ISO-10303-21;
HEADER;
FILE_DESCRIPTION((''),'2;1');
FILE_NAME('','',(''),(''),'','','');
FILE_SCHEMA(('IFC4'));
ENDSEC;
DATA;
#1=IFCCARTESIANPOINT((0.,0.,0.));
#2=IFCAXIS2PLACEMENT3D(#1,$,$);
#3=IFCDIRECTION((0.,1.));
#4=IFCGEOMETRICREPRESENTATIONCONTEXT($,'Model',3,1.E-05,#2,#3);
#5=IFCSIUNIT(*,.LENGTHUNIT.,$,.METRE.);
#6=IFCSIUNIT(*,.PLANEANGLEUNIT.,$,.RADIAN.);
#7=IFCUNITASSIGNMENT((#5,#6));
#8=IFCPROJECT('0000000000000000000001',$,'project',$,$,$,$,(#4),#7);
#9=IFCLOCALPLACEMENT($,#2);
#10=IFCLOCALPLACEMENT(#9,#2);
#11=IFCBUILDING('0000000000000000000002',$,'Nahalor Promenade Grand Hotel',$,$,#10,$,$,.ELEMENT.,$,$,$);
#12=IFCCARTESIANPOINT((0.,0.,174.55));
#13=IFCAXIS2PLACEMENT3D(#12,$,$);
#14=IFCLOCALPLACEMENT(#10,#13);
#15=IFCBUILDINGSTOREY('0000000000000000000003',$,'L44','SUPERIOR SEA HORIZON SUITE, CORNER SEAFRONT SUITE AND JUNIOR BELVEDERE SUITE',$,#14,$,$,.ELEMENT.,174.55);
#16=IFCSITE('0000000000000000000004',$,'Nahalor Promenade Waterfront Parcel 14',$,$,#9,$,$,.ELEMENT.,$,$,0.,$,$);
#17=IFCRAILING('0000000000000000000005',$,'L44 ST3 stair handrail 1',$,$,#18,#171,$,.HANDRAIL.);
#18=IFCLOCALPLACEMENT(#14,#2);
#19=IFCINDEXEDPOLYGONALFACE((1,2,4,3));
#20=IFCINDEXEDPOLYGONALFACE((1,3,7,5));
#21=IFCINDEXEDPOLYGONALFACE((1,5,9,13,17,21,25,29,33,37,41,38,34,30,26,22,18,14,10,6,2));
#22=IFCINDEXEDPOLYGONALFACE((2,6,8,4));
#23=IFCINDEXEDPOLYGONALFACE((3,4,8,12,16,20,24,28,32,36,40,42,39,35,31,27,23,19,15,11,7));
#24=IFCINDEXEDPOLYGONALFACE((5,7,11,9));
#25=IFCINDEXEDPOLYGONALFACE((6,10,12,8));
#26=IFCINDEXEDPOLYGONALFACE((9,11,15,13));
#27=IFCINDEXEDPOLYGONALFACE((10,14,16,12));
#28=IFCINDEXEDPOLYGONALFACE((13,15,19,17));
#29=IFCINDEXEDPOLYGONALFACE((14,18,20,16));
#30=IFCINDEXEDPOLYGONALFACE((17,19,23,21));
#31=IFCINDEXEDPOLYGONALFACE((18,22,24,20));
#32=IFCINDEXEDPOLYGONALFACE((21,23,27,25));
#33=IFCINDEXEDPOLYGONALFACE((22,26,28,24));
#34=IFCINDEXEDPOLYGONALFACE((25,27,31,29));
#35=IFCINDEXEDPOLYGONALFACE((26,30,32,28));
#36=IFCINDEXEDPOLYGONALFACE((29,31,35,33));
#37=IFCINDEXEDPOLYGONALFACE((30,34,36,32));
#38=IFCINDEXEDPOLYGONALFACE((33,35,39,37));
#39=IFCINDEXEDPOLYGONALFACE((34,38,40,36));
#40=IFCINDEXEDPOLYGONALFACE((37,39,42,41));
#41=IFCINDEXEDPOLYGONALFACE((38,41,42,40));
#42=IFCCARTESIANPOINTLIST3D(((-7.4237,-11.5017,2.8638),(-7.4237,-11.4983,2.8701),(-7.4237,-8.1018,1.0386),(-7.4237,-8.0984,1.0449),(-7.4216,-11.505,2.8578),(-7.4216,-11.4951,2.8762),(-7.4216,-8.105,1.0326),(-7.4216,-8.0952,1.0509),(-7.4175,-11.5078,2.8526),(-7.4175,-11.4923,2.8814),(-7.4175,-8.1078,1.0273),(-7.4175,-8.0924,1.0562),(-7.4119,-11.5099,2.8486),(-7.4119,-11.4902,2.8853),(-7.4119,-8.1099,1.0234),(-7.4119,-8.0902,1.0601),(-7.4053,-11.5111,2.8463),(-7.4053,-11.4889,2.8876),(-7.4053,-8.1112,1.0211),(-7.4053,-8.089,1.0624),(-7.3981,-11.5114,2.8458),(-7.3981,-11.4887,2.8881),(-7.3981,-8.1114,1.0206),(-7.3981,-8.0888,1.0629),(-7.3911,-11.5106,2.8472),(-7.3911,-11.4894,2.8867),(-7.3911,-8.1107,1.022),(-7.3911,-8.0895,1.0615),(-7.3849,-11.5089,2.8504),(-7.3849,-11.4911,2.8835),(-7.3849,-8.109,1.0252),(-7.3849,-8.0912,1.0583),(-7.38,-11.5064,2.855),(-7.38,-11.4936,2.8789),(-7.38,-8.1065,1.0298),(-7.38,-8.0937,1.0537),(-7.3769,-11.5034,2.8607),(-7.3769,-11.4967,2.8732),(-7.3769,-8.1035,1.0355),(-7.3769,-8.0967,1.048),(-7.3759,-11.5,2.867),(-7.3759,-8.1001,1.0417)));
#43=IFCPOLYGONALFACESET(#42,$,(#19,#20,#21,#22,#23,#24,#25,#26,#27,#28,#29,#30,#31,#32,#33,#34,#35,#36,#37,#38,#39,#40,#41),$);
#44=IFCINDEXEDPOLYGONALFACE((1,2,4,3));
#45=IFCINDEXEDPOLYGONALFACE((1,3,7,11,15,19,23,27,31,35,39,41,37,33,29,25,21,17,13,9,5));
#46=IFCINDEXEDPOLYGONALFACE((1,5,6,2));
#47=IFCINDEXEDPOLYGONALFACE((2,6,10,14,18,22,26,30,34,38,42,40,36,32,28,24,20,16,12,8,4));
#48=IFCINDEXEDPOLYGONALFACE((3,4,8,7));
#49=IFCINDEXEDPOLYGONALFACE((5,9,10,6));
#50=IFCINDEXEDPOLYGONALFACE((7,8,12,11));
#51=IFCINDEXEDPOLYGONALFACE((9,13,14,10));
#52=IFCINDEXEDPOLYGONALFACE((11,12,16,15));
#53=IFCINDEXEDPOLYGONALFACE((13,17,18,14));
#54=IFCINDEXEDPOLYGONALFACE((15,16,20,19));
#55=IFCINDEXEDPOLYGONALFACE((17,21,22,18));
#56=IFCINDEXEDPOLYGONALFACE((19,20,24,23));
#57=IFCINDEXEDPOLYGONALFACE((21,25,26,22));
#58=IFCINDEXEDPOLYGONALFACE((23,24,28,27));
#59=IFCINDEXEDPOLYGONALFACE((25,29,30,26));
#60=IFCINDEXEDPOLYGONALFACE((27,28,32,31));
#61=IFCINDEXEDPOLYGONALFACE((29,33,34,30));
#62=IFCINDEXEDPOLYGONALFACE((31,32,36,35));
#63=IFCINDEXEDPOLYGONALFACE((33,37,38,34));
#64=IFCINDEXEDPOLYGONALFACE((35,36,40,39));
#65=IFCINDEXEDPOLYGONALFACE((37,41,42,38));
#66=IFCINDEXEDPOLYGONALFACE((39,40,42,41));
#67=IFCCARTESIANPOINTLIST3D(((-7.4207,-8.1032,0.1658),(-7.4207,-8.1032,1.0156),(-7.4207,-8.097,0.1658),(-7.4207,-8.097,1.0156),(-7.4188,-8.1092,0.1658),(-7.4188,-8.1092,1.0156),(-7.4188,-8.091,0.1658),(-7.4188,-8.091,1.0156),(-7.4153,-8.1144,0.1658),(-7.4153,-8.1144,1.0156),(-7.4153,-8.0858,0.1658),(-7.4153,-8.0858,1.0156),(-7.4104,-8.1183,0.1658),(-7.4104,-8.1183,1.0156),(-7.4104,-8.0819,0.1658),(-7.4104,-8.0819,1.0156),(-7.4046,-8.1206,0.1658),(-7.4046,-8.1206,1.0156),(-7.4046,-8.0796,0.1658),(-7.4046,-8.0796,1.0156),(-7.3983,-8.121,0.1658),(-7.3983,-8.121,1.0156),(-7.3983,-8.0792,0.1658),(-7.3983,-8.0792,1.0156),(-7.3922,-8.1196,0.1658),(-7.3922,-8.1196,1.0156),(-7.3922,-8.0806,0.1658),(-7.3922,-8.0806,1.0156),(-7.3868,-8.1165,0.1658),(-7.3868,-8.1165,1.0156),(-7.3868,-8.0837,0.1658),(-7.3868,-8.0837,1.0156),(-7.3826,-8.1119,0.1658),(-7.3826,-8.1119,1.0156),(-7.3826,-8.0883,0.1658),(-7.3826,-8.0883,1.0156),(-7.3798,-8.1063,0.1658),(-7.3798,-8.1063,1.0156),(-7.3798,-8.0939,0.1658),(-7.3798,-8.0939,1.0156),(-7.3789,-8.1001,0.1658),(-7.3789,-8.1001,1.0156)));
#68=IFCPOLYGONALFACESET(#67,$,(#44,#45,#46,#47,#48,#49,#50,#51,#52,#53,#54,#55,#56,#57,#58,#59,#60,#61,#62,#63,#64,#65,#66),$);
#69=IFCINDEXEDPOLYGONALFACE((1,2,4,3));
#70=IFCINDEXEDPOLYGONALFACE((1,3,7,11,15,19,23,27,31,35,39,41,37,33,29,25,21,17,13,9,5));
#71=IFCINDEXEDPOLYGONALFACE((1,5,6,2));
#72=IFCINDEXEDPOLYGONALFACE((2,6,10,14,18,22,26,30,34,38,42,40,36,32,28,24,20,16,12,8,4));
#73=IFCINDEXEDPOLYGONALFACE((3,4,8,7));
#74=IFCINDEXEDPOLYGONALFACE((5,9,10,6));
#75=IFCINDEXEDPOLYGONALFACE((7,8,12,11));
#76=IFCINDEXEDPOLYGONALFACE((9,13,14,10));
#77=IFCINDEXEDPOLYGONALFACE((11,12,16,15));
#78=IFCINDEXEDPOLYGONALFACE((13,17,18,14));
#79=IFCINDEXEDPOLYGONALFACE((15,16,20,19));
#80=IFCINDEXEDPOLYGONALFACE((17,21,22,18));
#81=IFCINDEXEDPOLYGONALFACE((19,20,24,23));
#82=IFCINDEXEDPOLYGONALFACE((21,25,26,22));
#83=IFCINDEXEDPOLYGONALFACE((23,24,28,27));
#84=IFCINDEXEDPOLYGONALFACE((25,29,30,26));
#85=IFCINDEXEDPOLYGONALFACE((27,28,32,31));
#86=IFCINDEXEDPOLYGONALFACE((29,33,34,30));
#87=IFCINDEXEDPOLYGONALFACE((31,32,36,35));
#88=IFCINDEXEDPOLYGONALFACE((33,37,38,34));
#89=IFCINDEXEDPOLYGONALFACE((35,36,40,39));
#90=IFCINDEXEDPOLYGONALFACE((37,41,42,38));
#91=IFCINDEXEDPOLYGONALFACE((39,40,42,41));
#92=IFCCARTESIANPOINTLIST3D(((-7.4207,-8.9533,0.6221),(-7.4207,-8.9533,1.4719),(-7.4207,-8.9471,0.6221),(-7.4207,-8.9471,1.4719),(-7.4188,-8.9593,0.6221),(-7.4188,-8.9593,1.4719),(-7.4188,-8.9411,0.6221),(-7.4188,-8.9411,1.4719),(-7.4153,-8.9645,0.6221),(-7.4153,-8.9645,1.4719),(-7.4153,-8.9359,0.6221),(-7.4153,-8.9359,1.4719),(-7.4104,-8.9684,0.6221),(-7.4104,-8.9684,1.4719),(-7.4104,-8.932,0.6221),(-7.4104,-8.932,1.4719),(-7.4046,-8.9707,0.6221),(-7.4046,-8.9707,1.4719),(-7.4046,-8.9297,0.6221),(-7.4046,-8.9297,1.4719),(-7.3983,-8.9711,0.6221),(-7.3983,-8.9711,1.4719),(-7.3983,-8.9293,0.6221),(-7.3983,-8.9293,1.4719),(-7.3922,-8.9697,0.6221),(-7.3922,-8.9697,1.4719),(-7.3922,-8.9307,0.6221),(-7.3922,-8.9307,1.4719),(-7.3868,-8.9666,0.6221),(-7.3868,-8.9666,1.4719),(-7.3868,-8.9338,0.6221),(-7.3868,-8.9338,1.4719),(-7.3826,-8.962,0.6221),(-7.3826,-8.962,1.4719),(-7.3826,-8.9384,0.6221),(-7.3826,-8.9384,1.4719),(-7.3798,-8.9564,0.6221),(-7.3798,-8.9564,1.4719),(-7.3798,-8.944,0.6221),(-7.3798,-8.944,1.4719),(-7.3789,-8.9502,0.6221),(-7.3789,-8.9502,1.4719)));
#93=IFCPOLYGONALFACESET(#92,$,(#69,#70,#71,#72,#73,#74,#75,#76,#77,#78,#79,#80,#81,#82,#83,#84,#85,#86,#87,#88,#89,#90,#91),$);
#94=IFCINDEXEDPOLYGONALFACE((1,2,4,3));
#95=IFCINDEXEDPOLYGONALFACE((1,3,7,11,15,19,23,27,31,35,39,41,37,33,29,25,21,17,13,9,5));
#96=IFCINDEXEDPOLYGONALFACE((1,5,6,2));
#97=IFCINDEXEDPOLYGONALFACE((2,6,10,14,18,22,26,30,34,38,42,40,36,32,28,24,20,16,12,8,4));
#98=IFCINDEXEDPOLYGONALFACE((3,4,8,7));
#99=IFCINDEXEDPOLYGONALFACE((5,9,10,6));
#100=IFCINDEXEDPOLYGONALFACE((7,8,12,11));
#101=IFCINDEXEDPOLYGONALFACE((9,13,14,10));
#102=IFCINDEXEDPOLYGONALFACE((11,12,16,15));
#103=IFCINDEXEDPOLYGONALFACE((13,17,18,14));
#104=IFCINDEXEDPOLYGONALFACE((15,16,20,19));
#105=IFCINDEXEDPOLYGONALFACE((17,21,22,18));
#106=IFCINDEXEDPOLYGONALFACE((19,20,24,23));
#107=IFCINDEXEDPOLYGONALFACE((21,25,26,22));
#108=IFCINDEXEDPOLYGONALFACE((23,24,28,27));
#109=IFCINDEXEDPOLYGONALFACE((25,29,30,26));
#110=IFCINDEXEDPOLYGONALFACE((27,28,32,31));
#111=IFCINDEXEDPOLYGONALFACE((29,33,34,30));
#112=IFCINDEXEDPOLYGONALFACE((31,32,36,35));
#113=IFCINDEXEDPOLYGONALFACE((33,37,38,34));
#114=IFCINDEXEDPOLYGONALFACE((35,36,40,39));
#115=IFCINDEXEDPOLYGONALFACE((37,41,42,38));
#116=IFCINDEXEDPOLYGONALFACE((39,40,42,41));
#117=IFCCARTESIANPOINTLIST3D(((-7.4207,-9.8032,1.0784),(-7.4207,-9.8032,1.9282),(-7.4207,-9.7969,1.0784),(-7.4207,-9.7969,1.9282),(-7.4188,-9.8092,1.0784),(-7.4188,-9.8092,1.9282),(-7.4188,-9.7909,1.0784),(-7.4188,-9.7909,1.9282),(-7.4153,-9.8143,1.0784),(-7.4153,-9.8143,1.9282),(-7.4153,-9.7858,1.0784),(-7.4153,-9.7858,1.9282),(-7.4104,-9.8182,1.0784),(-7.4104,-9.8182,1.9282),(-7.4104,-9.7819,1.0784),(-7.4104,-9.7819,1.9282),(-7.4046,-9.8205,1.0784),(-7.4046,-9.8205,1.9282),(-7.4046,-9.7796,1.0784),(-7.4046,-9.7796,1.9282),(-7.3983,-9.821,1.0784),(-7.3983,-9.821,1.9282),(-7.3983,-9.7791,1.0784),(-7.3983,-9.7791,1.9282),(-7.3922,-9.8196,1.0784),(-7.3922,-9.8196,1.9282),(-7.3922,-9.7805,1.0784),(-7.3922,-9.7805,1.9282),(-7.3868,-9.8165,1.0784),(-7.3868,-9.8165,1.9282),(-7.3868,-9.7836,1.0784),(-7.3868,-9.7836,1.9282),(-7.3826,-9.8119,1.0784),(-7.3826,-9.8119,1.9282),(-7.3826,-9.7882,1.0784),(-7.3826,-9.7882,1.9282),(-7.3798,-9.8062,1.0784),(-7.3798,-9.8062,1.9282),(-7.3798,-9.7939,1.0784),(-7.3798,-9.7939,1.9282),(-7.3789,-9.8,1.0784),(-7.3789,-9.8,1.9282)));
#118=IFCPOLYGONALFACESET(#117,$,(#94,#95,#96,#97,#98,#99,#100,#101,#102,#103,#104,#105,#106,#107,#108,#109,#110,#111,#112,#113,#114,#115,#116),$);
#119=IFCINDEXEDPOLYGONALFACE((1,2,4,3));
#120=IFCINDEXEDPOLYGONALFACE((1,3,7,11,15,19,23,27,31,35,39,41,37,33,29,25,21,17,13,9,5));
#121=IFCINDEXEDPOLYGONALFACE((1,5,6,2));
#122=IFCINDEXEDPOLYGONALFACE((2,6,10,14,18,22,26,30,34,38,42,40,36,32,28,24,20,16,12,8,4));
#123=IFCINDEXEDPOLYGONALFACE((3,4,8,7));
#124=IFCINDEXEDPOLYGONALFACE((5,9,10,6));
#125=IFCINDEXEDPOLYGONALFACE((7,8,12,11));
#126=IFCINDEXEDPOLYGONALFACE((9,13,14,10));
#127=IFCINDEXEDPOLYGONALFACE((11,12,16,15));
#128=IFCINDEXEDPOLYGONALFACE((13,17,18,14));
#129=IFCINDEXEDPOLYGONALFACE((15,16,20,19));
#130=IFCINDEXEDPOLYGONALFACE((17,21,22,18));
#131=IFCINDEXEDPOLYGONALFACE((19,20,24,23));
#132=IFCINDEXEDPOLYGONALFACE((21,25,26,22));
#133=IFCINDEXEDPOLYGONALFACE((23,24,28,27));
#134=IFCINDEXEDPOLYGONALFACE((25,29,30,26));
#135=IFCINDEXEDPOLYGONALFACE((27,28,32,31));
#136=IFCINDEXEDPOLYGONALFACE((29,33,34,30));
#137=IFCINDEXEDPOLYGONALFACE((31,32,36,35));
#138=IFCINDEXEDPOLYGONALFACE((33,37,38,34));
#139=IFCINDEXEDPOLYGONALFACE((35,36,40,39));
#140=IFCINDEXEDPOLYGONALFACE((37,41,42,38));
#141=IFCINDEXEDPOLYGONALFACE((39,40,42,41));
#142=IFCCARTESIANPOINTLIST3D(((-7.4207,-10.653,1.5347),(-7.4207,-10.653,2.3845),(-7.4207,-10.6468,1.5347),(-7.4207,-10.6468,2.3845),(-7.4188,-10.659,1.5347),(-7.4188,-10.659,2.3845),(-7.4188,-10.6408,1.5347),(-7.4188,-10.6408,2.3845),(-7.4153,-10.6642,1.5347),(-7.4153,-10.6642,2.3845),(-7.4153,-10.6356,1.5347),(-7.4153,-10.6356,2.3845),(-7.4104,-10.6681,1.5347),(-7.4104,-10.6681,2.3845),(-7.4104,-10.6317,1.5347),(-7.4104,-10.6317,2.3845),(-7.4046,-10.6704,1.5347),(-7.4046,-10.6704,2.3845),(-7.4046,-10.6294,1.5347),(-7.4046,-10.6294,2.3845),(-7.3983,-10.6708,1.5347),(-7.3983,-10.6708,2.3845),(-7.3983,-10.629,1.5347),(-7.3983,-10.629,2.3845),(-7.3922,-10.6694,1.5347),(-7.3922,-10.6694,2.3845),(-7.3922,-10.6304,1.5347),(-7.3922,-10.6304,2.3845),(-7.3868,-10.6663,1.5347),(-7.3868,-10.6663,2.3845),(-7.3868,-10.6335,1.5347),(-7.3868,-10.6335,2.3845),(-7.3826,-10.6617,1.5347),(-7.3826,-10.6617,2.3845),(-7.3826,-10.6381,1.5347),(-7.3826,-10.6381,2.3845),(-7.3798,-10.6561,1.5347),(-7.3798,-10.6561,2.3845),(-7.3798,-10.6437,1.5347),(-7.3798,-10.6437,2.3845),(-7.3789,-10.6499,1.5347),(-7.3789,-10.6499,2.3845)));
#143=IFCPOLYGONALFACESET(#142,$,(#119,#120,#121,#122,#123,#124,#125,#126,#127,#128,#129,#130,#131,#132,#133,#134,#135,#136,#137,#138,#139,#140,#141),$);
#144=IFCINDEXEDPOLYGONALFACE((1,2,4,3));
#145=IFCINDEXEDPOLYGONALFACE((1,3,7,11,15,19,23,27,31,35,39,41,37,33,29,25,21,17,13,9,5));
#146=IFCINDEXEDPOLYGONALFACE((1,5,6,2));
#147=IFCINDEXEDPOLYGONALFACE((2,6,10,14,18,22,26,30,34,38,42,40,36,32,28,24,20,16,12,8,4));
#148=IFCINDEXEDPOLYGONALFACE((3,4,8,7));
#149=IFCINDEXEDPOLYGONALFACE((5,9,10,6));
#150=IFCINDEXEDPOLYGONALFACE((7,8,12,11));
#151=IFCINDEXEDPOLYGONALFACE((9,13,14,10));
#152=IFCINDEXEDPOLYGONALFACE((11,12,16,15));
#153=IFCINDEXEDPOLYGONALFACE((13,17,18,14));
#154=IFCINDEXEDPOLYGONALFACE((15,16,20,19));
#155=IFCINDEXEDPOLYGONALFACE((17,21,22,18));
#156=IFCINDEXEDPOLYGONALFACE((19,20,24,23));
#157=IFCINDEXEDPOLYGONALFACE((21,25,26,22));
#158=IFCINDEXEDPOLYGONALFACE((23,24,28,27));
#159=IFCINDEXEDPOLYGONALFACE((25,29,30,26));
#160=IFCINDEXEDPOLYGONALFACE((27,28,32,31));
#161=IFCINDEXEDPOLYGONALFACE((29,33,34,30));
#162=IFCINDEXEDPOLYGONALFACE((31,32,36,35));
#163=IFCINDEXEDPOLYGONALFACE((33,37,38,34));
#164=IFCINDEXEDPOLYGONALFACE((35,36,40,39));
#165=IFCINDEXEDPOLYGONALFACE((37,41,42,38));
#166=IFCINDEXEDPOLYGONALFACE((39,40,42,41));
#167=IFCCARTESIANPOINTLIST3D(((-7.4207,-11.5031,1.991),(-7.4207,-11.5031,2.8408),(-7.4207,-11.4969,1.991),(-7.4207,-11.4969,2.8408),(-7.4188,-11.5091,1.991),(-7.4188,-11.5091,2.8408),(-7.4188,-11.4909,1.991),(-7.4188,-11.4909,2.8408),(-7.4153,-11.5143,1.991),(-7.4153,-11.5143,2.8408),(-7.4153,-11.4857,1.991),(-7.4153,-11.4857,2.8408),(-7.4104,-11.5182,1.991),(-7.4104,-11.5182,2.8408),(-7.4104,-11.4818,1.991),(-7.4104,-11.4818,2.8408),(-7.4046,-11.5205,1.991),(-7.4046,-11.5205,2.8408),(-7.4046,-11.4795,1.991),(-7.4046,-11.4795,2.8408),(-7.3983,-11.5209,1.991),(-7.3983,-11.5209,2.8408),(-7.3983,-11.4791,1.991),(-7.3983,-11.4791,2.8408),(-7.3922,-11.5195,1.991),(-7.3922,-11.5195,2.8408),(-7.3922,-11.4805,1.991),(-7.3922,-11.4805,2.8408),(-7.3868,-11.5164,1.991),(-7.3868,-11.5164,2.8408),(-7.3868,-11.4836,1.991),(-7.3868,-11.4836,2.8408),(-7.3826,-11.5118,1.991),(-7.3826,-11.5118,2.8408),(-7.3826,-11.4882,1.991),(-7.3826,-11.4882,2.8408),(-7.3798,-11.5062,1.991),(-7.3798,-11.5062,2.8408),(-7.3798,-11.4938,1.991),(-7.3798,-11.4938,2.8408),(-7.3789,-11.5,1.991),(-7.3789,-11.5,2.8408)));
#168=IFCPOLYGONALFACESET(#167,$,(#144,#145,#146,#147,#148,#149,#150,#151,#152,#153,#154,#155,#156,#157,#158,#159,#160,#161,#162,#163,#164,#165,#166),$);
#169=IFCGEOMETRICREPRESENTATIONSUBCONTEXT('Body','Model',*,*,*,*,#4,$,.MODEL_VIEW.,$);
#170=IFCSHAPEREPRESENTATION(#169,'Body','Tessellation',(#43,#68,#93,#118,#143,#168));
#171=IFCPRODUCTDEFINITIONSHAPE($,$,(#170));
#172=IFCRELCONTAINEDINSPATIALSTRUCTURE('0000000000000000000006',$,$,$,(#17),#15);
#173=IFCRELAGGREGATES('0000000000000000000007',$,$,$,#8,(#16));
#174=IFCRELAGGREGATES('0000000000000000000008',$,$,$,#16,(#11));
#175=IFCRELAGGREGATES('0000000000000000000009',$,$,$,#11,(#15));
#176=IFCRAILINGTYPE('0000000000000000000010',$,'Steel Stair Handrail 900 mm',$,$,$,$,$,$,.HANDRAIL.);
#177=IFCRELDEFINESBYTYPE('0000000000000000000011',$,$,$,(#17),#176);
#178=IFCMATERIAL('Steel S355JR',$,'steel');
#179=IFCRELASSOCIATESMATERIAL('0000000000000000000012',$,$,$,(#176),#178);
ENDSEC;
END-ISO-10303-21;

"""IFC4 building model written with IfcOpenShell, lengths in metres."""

from ifc_helpers import new_model, si_unit, direction, frame, origin, origin_2d, place, context, subcontext, project, spatial, circle, extrude, material, type_object, element, save


model = new_model("IFC4")

# Units and contexts
model_context = context("Model", 3, precision=1e-05, world=origin(), true_north=direction((0.0, 1.0)))
body_context = subcontext(model_context, "Body", "Model", "MODEL_VIEW")
ifc_project = project(units=[si_unit("LENGTHUNIT", "METRE"), si_unit("PLANEANGLEUNIT", "RADIAN")], contexts=[model_context])

# Site, building, storey
site_placement = place(None, origin())
site = spatial("IfcSite", under=ifc_project, at=site_placement, Name="Nahalor Promenade Waterfront Parcel 14", CompositionType="ELEMENT", RefElevation=0.0)
building_placement = place(site_placement, origin())
building = spatial("IfcBuilding", under=site, at=building_placement, Name="Nahalor Promenade Grand Hotel", CompositionType="ELEMENT")
storey_placement = place(building_placement, frame((0.0, 0.0, 174.55)))
storey = spatial("IfcBuildingStorey", under=building, at=storey_placement, Name="L44", Description="SUPERIOR SEA HORIZON SUITE, CORNER SEAFRONT SUITE AND JUNIOR BELVEDERE SUITE", CompositionType="ELEMENT", Elevation=174.55)

# Shared definitions
ifc_material_1 = material(Name="Steel S355JR", Category="steel")

# Railing
railing_type_1 = type_object("IfcRailingType", Name="Steel Stair Handrail 900 mm", PredefinedType="HANDRAIL", material=ifc_material_1)
railing_1_placement = place(storey_placement, frame((-7.3999, -8.1001, 0.1658)))
element("IfcRailing", 1, at=railing_1_placement, inside=storey, type_object=railing_type_1, Name="L44 ST3 stair handrail 1", PredefinedType="HANDRAIL", context=body_context, shape_type="SweptSolid", body=[
    extrude(circle(Radius=0.024, at=origin_2d()), frame((0.0, 0.0, 0.876), z_axis=(0.0, -0.881068, 0.47299), x_axis=(1.0, 0.0, 0.0)), (0.0, 0.0, 1.0), 3.8589),
    extrude(circle(Radius=0.021, at=origin_2d()), origin(), (0.0, 0.0, 1.0), 0.8499),
    extrude(circle(Radius=0.021, at=origin_2d()), frame((0.0, -0.8501, 0.4563)), (0.0, 0.0, 1.0), 0.8499),
    extrude(circle(Radius=0.021, at=origin_2d()), frame((0.0, -1.7, 0.9126)), (0.0, 0.0, 1.0), 0.8499),
    extrude(circle(Radius=0.021, at=origin_2d()), frame((0.0, -2.5498, 1.3689)), (0.0, 0.0, 1.0), 0.8499),
    extrude(circle(Radius=0.021, at=origin_2d()), frame((0.0, -3.3999, 1.8252)), (0.0, 0.0, 1.0), 0.8499),
])

save(model, "model.ifc")
